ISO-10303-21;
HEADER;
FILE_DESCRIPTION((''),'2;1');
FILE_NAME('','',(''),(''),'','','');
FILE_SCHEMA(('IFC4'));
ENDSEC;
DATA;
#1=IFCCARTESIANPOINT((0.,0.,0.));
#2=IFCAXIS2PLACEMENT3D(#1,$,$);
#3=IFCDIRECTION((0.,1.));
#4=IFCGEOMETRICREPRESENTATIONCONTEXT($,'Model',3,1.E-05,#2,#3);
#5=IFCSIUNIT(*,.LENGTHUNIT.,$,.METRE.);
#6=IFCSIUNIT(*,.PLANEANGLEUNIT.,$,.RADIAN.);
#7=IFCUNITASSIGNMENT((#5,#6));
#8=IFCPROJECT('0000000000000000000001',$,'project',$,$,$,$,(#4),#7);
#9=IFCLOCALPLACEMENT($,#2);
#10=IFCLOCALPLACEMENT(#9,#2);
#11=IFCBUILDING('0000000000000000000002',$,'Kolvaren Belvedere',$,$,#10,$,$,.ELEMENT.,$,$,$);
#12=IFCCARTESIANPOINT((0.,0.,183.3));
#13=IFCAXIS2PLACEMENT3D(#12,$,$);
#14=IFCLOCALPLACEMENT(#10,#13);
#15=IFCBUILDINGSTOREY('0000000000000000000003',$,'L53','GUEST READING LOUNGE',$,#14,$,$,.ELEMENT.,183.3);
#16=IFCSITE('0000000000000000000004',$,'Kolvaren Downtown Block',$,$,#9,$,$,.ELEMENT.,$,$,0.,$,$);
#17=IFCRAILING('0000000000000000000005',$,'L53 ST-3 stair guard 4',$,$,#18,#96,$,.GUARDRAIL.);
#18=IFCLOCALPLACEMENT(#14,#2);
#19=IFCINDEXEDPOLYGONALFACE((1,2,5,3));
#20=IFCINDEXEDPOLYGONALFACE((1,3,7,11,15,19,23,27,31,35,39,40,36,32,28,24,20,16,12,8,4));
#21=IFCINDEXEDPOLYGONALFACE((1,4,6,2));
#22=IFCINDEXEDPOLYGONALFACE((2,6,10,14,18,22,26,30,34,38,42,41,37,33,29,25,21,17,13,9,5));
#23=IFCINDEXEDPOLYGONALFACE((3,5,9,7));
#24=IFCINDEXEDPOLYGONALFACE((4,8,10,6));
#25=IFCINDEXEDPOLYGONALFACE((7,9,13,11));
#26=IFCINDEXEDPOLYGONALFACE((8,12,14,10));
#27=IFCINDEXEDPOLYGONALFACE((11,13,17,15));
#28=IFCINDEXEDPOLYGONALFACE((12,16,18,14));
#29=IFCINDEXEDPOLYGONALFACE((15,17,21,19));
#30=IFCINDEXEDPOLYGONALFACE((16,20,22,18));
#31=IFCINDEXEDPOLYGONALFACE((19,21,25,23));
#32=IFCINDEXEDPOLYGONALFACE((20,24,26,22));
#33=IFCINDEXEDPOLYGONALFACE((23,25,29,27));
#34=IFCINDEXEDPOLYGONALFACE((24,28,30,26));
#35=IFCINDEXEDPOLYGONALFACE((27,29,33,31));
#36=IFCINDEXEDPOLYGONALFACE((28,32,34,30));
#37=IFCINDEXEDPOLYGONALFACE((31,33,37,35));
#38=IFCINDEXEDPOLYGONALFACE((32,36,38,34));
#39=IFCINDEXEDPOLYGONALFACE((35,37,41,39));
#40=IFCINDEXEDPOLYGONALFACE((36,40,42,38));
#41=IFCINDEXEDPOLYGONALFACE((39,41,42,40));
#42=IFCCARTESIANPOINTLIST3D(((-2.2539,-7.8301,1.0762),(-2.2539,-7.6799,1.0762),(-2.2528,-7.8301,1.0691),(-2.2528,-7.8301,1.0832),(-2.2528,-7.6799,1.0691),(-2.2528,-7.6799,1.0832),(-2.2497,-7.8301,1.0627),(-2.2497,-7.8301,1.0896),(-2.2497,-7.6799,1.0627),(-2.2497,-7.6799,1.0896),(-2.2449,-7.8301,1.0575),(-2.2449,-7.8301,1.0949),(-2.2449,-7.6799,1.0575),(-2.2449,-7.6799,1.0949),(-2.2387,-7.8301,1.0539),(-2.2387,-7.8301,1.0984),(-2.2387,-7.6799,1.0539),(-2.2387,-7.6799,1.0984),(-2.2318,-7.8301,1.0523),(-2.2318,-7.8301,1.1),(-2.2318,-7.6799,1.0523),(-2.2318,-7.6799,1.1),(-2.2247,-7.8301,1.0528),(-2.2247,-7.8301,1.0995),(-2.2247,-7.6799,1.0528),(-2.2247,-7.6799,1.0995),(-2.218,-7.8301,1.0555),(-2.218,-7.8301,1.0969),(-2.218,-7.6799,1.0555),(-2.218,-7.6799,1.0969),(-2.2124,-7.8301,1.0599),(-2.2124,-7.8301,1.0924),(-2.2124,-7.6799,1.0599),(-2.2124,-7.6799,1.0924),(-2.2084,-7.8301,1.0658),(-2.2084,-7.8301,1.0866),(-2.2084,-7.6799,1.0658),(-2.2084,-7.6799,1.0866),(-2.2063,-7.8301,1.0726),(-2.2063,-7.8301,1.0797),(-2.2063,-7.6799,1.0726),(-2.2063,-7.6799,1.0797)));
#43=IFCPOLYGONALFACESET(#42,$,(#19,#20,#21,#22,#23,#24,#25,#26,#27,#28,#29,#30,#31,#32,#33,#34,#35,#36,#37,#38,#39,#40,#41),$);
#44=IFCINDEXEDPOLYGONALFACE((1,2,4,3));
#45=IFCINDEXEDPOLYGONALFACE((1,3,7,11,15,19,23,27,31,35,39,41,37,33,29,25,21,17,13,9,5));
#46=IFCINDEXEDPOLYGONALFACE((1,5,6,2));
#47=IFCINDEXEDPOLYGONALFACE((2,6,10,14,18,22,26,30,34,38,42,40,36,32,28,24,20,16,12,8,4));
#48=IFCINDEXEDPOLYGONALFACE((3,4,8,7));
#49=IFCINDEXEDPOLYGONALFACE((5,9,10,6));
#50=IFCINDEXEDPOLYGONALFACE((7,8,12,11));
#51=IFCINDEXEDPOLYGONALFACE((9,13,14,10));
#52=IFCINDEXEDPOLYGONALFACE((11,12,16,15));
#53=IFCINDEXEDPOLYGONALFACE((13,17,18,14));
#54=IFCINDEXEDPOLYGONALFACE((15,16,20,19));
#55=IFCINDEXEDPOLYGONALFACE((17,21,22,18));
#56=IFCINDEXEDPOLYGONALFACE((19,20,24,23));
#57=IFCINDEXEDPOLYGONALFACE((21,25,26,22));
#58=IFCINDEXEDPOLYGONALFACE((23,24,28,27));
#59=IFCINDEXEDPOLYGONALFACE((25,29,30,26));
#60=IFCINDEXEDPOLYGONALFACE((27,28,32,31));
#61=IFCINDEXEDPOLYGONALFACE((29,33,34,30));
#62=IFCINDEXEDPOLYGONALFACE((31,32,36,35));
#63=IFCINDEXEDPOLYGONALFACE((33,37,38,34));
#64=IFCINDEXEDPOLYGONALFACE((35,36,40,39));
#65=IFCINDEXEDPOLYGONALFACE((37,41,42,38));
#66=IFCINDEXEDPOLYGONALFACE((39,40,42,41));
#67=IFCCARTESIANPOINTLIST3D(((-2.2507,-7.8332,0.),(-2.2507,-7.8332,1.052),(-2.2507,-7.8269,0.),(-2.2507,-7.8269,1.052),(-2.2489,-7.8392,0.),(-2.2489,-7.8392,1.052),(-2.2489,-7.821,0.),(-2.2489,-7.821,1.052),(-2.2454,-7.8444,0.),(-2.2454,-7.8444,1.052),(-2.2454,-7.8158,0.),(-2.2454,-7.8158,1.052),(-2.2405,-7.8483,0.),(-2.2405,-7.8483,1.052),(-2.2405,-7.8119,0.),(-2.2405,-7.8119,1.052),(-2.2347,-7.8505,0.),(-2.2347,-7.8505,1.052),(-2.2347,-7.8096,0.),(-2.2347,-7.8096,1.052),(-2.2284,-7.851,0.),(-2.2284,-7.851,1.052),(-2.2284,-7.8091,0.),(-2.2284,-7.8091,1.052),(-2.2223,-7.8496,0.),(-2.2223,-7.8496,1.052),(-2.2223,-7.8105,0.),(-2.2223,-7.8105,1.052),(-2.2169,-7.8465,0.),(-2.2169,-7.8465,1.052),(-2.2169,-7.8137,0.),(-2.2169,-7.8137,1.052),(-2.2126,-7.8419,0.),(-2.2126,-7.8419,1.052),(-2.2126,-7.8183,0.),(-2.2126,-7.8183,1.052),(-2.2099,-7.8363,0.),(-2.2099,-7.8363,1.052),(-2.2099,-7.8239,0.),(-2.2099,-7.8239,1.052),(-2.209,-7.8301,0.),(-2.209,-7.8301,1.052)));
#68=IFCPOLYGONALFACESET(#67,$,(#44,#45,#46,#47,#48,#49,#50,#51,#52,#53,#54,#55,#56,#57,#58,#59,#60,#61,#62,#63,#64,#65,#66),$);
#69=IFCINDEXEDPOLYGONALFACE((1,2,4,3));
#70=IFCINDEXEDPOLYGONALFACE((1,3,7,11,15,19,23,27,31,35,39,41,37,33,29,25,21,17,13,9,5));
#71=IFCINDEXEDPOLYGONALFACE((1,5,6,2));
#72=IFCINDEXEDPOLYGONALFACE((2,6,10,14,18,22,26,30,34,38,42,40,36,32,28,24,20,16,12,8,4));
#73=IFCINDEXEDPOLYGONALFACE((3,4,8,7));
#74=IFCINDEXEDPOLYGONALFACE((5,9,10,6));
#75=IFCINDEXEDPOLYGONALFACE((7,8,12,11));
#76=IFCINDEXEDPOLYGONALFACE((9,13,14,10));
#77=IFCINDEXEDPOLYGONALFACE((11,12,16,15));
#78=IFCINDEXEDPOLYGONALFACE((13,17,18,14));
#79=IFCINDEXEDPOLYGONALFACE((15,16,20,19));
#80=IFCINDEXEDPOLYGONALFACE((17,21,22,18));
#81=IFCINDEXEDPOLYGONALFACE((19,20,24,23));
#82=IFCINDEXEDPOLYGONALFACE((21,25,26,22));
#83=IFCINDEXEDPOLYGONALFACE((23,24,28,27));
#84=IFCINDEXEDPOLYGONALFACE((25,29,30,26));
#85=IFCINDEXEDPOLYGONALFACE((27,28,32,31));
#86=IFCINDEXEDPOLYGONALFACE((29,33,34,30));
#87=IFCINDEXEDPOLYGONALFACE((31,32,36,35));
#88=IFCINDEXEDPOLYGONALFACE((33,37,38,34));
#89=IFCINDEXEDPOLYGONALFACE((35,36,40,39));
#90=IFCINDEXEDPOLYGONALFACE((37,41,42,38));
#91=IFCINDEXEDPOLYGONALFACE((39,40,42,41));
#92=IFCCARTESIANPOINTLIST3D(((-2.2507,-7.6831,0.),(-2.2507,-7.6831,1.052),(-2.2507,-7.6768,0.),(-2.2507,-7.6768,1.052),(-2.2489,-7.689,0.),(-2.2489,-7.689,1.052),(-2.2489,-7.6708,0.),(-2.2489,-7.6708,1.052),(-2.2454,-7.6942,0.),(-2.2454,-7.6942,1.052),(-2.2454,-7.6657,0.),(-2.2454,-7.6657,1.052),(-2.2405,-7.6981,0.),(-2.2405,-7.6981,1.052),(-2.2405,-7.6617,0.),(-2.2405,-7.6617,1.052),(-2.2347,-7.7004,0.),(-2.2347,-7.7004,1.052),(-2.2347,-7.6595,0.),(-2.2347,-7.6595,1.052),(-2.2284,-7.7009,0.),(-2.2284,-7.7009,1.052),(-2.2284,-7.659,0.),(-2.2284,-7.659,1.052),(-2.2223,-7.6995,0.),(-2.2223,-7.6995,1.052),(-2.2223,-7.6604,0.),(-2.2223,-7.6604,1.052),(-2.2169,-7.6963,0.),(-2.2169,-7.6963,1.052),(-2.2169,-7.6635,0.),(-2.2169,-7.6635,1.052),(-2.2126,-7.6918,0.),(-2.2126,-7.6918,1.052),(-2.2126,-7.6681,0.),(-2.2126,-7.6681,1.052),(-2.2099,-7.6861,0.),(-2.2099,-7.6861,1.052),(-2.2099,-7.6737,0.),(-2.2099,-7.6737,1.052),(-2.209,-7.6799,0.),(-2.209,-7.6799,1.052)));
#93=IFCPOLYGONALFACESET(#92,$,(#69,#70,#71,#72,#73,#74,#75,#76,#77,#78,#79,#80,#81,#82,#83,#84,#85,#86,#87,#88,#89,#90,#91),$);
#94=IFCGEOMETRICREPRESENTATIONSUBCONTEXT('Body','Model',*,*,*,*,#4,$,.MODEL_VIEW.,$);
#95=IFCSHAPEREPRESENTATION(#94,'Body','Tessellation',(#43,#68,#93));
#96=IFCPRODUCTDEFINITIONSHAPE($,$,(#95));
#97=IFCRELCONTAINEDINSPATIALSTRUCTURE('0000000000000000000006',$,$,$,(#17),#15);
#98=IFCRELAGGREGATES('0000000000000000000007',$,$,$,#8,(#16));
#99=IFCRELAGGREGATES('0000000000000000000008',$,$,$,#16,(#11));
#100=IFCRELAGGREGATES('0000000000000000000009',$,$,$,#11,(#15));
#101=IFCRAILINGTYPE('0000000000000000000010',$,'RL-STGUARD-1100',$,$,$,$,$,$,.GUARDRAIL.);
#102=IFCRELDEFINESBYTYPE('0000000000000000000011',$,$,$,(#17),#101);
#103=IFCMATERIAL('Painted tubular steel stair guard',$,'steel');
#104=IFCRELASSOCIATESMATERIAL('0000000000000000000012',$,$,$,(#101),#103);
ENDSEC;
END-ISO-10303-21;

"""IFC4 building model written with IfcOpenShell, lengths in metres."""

from ifc_helpers import new_model, si_unit, direction, frame, origin, origin_2d, place, context, subcontext, project, spatial, circle, extrude, material, type_object, element, save


model = new_model("IFC4")

# Units and contexts
model_context = context("Model", 3, precision=1e-05, world=origin(), true_north=direction((0.0, 1.0)))
body_context = subcontext(model_context, "Body", "Model", "MODEL_VIEW")
ifc_project = project(units=[si_unit("LENGTHUNIT", "METRE"), si_unit("PLANEANGLEUNIT", "RADIAN")], contexts=[model_context])

# Site, building, storey
site_placement = place(None, origin())
site = spatial("IfcSite", under=ifc_project, at=site_placement, Name="Kolvaren Downtown Block", CompositionType="ELEMENT", RefElevation=0.0)
building_placement = place(site_placement, origin())
building = spatial("IfcBuilding", under=site, at=building_placement, Name="Kolvaren Belvedere", CompositionType="ELEMENT")
storey_placement = place(building_placement, frame((0.0, 0.0, 183.3)))
storey = spatial("IfcBuildingStorey", under=building, at=storey_placement, Name="L53", Description="GUEST READING LOUNGE", CompositionType="ELEMENT", Elevation=183.3)

# Railing
ifc_material_1 = material(Name="Painted tubular steel stair guard", Category="steel")
railing_type_1 = type_object("IfcRailingType", Name="RL-STGUARD-1100", PredefinedType="GUARDRAIL", material=ifc_material_1)
railing_1_placement = place(storey_placement, frame((-2.23, -7.8301, 0.0)))
element("IfcRailing", 1, at=railing_1_placement, inside=storey, type_object=railing_type_1, Name="L53 ST-3 stair guard 4", PredefinedType="GUARDRAIL", context=body_context, shape_type="SweptSolid", body=[
    extrude(circle(Radius=0.0239, at=origin_2d()), frame((0.0, 0.0, 1.0762), z_axis=(0.0, 1.0, 0.0), x_axis=(-1.0, 0.0, 0.0)), (0.0, 0.0, 1.0), 0.1501),
    extrude(circle(Radius=0.021, at=origin_2d()), origin(), (0.0, 0.0, 1.0), 1.052),
    extrude(circle(Radius=0.021, at=origin_2d()), frame((0.0, 0.1501, 0.0)), (0.0, 0.0, 1.0), 1.052),
])

save(model, "model.ifc")
